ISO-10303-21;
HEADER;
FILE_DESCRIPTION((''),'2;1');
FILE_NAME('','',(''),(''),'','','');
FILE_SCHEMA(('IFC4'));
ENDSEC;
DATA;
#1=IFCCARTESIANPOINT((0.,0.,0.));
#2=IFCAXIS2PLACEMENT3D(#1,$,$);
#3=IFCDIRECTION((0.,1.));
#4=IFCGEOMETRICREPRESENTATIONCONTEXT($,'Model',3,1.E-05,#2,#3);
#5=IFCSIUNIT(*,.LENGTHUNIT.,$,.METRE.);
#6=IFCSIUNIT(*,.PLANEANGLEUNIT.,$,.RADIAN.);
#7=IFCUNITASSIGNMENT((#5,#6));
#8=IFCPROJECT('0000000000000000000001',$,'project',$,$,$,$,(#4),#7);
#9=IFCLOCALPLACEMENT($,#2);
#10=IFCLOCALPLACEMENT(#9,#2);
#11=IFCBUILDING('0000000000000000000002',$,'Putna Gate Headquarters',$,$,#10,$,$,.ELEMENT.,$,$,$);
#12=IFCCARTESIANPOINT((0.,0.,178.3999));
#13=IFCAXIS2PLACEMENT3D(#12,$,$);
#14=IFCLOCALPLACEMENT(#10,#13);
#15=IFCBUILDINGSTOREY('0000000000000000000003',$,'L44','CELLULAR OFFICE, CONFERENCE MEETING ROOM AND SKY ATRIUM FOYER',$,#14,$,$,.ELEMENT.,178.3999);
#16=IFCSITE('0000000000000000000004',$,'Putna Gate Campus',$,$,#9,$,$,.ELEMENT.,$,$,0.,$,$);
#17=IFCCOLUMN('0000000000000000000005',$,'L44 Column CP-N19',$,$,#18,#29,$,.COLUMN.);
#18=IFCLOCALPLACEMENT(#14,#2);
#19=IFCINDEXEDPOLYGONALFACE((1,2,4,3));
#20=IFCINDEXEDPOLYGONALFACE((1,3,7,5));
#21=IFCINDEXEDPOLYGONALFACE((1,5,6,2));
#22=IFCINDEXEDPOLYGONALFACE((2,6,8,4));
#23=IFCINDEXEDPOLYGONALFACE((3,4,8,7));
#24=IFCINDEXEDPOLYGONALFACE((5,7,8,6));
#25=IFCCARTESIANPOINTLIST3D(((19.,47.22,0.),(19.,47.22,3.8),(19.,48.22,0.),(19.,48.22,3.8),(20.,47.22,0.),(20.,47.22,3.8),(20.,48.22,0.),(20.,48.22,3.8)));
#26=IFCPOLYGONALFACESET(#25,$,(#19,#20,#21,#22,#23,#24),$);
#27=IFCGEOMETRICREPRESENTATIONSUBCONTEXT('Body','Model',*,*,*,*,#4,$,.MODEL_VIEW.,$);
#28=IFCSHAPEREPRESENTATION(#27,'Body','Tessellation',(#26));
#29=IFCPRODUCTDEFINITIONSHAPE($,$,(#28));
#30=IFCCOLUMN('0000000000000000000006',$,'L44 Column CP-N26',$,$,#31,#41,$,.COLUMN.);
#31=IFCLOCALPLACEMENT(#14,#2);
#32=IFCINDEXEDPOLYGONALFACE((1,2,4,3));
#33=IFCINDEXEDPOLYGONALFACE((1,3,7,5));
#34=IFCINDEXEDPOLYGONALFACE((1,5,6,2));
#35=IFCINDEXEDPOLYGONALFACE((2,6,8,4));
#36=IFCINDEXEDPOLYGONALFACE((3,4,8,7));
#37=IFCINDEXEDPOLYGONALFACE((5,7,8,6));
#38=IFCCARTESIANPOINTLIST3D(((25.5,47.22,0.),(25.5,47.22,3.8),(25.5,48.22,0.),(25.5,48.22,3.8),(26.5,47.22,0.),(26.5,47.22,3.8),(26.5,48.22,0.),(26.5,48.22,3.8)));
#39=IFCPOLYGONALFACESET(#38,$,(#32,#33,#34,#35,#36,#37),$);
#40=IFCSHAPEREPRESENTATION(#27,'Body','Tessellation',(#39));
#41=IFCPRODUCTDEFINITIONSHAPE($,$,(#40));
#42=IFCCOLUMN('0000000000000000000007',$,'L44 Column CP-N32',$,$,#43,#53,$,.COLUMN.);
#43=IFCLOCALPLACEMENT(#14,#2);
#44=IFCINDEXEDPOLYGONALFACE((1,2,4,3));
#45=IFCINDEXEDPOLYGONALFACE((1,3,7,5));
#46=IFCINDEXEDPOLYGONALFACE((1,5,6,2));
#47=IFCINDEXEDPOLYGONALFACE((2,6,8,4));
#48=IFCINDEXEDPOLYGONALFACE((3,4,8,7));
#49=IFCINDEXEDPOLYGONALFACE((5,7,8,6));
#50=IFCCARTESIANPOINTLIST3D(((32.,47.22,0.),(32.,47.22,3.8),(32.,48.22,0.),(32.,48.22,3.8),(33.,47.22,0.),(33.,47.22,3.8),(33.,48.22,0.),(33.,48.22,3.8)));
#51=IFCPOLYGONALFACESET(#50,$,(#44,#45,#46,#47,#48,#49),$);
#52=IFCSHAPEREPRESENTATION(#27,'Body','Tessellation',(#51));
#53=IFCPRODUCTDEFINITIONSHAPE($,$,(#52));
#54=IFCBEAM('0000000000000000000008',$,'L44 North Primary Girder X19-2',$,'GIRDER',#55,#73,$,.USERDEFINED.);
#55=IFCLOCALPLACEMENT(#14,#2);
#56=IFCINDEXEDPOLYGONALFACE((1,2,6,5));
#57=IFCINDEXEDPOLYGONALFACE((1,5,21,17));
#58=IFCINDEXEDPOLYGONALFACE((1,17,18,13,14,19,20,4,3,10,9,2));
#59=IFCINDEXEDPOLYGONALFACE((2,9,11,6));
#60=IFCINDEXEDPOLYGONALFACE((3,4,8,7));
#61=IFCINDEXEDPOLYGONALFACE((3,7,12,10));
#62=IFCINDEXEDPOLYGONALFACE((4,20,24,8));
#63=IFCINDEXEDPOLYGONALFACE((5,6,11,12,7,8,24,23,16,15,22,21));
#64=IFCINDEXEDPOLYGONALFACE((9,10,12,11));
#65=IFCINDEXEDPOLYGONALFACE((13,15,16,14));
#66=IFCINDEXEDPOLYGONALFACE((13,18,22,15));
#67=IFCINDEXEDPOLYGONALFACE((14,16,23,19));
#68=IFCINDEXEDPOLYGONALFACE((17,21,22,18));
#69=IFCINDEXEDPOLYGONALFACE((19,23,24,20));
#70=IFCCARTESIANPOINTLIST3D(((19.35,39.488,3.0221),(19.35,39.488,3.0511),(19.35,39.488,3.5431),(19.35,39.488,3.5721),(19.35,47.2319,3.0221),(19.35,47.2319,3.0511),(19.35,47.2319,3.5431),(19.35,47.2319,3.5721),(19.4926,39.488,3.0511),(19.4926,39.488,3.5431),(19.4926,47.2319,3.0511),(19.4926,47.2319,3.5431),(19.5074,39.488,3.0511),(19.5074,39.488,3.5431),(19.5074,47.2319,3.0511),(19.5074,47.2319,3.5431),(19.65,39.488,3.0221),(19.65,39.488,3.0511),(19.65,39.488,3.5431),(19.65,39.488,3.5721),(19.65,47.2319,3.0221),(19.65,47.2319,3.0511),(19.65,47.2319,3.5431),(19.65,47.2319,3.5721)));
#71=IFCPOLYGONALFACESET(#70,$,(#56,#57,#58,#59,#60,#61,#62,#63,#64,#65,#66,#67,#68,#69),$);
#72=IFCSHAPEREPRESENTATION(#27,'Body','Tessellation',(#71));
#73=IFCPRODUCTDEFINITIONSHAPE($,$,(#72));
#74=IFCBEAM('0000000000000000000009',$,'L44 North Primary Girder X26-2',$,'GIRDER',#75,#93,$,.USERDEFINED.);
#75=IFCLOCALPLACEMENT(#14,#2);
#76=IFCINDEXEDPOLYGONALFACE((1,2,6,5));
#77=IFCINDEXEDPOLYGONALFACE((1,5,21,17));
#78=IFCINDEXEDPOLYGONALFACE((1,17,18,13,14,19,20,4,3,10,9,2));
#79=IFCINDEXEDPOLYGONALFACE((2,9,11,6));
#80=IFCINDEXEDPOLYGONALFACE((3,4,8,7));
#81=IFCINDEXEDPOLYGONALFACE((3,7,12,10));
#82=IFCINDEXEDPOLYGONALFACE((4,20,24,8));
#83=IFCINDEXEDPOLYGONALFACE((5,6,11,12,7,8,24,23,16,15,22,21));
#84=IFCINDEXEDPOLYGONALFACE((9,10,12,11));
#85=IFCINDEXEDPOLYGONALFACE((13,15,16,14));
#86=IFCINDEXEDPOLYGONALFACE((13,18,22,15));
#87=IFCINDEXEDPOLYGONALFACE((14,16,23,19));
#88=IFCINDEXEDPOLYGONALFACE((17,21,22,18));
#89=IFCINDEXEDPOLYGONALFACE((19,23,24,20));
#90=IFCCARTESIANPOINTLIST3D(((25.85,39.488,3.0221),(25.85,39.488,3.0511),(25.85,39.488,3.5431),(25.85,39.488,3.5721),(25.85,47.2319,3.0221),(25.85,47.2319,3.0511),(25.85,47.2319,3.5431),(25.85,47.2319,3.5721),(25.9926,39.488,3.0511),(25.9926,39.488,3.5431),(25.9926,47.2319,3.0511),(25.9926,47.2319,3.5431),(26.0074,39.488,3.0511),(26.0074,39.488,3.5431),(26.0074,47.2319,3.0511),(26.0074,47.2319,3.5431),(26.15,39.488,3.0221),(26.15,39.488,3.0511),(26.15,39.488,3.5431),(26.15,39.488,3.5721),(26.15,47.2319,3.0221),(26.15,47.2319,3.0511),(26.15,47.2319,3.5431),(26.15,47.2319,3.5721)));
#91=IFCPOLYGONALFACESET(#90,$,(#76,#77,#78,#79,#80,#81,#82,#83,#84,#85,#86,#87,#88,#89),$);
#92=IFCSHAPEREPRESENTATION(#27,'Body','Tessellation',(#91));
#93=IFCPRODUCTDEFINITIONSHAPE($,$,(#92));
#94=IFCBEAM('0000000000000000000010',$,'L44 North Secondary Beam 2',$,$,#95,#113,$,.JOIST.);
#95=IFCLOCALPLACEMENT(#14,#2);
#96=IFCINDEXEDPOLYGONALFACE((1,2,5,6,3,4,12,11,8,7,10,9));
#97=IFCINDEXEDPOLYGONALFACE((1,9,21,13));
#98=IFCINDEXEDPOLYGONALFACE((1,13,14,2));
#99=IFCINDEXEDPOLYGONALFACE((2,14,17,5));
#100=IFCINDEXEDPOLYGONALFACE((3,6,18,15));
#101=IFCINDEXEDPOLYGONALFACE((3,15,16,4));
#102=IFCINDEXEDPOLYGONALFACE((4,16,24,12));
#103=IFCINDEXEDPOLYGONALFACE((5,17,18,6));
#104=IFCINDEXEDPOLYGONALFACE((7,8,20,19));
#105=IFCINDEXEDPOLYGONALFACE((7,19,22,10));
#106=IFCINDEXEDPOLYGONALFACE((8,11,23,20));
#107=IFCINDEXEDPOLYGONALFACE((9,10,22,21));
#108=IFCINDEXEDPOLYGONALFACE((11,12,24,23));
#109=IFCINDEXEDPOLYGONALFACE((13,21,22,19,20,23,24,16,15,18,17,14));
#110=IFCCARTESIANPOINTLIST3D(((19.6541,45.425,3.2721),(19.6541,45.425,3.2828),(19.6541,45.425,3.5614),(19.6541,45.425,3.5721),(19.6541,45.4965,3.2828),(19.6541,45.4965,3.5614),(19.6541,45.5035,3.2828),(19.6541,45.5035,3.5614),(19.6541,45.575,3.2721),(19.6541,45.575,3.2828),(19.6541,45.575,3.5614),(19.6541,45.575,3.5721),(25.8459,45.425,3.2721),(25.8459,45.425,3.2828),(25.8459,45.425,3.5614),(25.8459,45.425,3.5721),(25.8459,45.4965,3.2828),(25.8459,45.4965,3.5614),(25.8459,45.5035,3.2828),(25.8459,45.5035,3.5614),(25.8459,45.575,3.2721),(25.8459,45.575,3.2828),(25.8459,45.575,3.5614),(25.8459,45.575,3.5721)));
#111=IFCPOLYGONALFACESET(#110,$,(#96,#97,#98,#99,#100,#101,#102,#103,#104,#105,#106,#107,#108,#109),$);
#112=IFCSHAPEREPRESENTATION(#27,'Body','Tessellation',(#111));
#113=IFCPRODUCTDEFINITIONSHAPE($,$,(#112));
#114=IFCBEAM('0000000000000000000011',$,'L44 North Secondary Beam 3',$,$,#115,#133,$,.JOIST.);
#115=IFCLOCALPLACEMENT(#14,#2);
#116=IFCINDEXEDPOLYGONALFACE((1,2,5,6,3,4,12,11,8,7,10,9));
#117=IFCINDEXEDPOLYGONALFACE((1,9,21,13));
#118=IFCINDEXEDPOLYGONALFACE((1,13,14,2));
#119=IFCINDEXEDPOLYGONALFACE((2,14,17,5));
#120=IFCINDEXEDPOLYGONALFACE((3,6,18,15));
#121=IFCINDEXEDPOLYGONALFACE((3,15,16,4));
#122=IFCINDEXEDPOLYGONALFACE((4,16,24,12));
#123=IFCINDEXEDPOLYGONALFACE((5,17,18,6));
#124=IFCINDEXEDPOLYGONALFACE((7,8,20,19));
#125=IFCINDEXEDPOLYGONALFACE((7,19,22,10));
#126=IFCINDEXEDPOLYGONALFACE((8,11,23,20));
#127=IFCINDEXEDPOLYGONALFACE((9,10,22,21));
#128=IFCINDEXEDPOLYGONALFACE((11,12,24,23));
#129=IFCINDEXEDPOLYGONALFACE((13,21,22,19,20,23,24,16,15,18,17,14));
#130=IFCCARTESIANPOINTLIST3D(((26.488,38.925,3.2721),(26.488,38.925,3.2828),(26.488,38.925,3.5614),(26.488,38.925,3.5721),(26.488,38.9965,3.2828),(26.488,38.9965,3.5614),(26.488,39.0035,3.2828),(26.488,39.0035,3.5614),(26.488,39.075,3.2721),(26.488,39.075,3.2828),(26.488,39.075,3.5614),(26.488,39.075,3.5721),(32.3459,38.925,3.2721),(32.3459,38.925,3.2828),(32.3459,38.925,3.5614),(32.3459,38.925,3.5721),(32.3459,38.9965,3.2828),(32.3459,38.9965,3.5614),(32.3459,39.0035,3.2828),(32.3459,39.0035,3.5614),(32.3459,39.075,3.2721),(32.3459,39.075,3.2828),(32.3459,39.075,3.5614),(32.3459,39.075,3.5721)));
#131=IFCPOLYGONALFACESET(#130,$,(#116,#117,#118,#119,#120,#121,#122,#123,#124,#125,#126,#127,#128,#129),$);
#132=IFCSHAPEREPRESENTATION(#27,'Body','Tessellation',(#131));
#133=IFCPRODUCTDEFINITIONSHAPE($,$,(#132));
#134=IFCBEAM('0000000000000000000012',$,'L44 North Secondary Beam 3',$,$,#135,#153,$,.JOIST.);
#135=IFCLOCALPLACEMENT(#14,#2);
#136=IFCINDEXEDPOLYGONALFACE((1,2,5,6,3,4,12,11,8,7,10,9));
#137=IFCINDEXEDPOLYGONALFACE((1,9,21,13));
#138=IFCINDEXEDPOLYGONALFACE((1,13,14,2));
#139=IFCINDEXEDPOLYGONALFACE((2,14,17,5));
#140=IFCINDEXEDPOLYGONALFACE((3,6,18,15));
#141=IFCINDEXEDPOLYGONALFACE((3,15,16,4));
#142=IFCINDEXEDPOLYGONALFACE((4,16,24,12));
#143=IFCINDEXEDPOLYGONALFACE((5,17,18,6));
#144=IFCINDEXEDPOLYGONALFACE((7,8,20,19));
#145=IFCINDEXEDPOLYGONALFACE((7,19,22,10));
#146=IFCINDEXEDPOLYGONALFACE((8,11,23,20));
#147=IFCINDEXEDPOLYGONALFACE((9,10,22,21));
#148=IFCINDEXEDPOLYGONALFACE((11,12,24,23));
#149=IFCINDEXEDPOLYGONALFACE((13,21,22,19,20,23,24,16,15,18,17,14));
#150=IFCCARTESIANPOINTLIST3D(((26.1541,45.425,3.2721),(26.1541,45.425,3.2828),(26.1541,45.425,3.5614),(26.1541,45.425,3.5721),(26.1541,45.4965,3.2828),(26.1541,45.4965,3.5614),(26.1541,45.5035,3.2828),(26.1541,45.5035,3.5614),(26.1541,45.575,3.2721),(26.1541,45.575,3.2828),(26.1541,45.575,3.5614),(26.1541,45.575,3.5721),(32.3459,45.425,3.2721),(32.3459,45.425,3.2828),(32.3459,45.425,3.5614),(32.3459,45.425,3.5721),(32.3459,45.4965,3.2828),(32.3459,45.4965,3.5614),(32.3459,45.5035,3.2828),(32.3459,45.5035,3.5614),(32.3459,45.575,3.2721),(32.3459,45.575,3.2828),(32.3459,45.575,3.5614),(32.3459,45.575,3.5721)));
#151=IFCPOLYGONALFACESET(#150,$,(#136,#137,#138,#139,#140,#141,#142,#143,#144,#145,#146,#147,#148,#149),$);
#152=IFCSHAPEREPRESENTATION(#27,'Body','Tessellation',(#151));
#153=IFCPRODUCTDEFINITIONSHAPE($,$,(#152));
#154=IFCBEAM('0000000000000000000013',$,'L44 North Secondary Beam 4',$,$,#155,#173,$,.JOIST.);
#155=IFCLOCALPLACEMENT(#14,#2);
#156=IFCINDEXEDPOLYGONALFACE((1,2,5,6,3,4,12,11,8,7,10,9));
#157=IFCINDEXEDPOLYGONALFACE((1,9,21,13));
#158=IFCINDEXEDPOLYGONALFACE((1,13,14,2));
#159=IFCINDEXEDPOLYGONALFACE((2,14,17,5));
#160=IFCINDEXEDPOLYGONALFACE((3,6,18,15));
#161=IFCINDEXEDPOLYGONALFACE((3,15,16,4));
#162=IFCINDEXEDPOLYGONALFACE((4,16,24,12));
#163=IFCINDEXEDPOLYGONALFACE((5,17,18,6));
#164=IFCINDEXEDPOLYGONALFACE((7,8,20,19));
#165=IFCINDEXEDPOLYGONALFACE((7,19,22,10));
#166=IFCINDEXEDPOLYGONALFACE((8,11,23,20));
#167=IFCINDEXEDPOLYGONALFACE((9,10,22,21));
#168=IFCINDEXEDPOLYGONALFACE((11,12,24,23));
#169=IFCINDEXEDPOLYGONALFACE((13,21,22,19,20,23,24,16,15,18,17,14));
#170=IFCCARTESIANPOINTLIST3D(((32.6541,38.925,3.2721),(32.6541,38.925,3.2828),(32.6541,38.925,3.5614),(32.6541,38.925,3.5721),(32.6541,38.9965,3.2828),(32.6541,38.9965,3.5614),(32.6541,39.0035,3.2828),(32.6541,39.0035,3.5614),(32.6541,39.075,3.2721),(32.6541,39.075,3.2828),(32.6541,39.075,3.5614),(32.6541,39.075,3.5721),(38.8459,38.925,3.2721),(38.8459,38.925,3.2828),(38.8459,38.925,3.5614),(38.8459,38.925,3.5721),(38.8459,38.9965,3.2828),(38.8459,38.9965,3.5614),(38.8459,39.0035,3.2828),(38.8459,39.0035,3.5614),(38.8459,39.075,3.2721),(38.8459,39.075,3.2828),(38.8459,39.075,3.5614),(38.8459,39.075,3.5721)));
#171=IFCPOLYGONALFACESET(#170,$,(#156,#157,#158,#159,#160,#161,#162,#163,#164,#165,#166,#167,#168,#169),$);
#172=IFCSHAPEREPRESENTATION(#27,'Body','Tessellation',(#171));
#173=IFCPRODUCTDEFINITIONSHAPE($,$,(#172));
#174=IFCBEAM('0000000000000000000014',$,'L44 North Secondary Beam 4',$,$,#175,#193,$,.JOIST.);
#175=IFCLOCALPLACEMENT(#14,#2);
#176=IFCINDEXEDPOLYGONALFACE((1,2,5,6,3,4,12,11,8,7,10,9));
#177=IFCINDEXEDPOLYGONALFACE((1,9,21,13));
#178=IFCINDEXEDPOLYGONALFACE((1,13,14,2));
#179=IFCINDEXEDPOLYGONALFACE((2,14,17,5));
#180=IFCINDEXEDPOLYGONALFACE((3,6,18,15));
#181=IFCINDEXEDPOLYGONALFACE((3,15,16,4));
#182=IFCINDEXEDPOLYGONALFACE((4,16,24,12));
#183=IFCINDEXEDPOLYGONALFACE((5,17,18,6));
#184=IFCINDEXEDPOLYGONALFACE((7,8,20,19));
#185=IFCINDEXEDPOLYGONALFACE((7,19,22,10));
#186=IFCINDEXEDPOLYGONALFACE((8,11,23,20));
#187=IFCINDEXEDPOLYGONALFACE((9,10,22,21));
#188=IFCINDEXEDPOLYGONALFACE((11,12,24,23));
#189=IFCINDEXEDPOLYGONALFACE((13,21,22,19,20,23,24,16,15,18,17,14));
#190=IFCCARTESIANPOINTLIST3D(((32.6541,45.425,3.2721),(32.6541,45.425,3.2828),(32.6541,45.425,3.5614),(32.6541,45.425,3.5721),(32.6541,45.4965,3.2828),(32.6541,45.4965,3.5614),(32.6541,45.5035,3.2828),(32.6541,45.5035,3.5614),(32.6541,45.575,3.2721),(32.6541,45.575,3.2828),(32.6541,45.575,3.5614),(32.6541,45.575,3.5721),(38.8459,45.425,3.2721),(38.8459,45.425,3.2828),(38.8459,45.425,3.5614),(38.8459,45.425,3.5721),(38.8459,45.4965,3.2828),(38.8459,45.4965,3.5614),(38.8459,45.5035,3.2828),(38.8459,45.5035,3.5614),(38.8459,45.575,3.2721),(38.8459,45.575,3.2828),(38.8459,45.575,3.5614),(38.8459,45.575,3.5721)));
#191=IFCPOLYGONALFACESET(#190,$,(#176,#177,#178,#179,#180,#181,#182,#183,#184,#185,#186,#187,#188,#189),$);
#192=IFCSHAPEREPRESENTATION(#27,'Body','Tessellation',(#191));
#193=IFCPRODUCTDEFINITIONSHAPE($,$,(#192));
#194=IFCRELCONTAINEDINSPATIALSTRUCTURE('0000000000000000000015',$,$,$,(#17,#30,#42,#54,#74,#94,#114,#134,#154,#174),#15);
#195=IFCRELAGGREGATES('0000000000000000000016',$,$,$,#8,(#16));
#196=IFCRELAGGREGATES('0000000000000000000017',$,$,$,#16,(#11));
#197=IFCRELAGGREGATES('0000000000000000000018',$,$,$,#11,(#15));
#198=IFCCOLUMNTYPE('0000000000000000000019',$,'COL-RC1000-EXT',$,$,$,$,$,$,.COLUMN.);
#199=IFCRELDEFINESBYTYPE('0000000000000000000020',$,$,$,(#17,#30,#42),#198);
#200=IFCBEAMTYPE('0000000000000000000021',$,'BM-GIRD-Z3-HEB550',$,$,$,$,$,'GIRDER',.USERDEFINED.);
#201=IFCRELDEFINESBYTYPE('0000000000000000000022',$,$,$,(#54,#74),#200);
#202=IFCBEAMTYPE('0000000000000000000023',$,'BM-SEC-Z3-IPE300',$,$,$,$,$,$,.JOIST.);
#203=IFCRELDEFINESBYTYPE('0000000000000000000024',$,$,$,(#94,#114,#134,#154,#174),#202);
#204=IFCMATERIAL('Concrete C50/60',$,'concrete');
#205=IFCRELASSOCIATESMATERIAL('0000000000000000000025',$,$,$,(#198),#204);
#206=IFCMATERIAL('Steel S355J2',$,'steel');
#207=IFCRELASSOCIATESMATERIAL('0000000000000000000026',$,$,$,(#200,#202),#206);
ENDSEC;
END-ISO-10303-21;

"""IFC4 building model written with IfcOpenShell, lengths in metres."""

from ifc_helpers import new_model, si_unit, direction, frame, origin, origin_2d, place, context, subcontext, project, spatial, rectangle, i_section, extrude, material, material_profile, profile_set, type_object, element, save


model = new_model("IFC4")

# Units and contexts
model_context = context("Model", 3, precision=1e-05, world=origin(), true_north=direction((0.0, 1.0)))
body_context = subcontext(model_context, "Body", "Model", "MODEL_VIEW")
ifc_project = project(units=[si_unit("LENGTHUNIT", "METRE"), si_unit("PLANEANGLEUNIT", "RADIAN")], contexts=[model_context])

# Site, building, storey
site_placement = place(None, origin())
site = spatial("IfcSite", under=ifc_project, at=site_placement, Name="Putna Gate Campus", CompositionType="ELEMENT", RefElevation=0.0)
building_placement = place(site_placement, origin())
building = spatial("IfcBuilding", under=site, at=building_placement, Name="Putna Gate Headquarters", CompositionType="ELEMENT")
storey_placement = place(building_placement, frame((0.0, 0.0, 178.3999)))
storey = spatial("IfcBuildingStorey", under=building, at=storey_placement, Name="L44", Description="CELLULAR OFFICE, CONFERENCE MEETING ROOM AND SKY ATRIUM FOYER", CompositionType="ELEMENT", Elevation=178.3999)

# Columns
ifc_material_1 = material(Name="Concrete C50/60", Category="concrete")
ifc_material_profile_1 = material_profile(ifc_material_1, rectangle(XDim=1.0, YDim=1.0, at=origin_2d()), Name="Concrete C50/60")
ifc_profile_set_1 = profile_set([ifc_material_profile_1], Name="Concrete C50/60")
column_type = type_object("IfcColumnType", Name="COL-RC1000-EXT", PredefinedType="COLUMN", material=ifc_profile_set_1)
for number, where, z_axis, x_axis, name in (
    (1, (19.5, 47.72, 0.0), (0.0, 0.0, 1.0), (1.0, 0.0, 0.0), "L44 Column CP-N19"),
    (2, (26.0, 47.72, 0.0), (0.0, 0.0, 1.0), (1.0, 0.0, 0.0), "L44 Column CP-N26"),
    (3, (32.5, 47.72, 0.0), (0.0, 0.0, 1.0), (1.0, 0.0, 0.0), "L44 Column CP-N32"),
):
    element("IfcColumn", number, at=place(storey_placement, frame(where, z_axis=z_axis, x_axis=x_axis)), inside=storey, type_object=column_type, Name=name, PredefinedType="COLUMN", context=body_context, shape_type="SweptSolid", body=[
        extrude(rectangle(XDim=1.0, YDim=1.0, at=origin_2d()), origin(), (0.0, 0.0, 1.0), 3.8),
    ])

# Beams
ifc_material_2 = material(Name="Steel S355J2", Category="steel")
ifc_material_profile_2 = material_profile(ifc_material_2, i_section(OverallWidth=0.3, OverallDepth=0.55, WebThickness=0.0149, FlangeThickness=0.0291, at=origin_2d()), Name="Steel S355J2")
ifc_profile_set_2 = profile_set([ifc_material_profile_2], Name="Steel S355J2")
beam_type_1 = type_object("IfcBeamType", Name="BM-GIRD-Z3-HEB550", ElementType="GIRDER", PredefinedType="USERDEFINED", material=ifc_profile_set_2)
for number, where, z_axis, x_axis, name in (
    (4, (19.5, 39.488, 3.2971), (0.0, 1.0, 0.0), (-1.0, 0.0, 0.0), "L44 North Primary Girder X19-2"),
    (5, (26.0, 39.488, 3.2971), (0.0, 1.0, 0.0), (-1.0, 0.0, 0.0), "L44 North Primary Girder X26-2"),
):
    element("IfcBeam", number, at=place(storey_placement, frame(where, z_axis=z_axis, x_axis=x_axis)), inside=storey, type_object=beam_type_1, Name=name, ObjectType="GIRDER", PredefinedType="USERDEFINED", context=body_context, shape_type="SweptSolid", body=[
        extrude(i_section(OverallWidth=0.3, OverallDepth=0.55, WebThickness=0.0149, FlangeThickness=0.0291, at=origin_2d()), origin(), (0.0, 0.0, 1.0), 7.7439),
    ])
ifc_material_profile_3 = material_profile(ifc_material_2, i_section(OverallWidth=0.1499, OverallDepth=0.3, WebThickness=0.0071, FlangeThickness=0.0107, at=origin_2d()), Name="Steel S355J2")
ifc_profile_set_3 = profile_set([ifc_material_profile_3], Name="Steel S355J2")
beam_type_2 = type_object("IfcBeamType", Name="BM-SEC-Z3-IPE300", PredefinedType="JOIST", material=ifc_profile_set_3)
beam_1_placement = place(storey_placement, frame((19.6541, 45.5, 3.4221), z_axis=(1.0, 0.0, 0.0), x_axis=(0.0, 1.0, 0.0)))
element("IfcBeam", 6, at=beam_1_placement, inside=storey, type_object=beam_type_2, Name="L44 North Secondary Beam 2", PredefinedType="JOIST", context=body_context, shape_type="SweptSolid", body=[
    extrude(i_section(OverallWidth=0.1499, OverallDepth=0.3, WebThickness=0.0071, FlangeThickness=0.0107, at=origin_2d()), origin(), (0.0, 0.0, 1.0), 6.1919),
])
beam_2_placement = place(storey_placement, frame((26.488, 39.0, 3.4221), z_axis=(1.0, 0.0, 0.0), x_axis=(0.0, 1.0, 0.0)))
element("IfcBeam", 7, at=beam_2_placement, inside=storey, type_object=beam_type_2, Name="L44 North Secondary Beam 3", PredefinedType="JOIST", context=body_context, shape_type="SweptSolid", body=[
    extrude(i_section(OverallWidth=0.1499, OverallDepth=0.3, WebThickness=0.0071, FlangeThickness=0.0107, at=origin_2d()), origin(), (0.0, 0.0, 1.0), 5.8579),
])
for number, where, z_axis, x_axis, name in (
    (8, (26.1541, 45.5, 3.4221), (1.0, 0.0, 0.0), (0.0, 1.0, 0.0), "L44 North Secondary Beam 3"),
    (9, (32.6541, 39.0, 3.4221), (1.0, 0.0, 0.0), (0.0, 1.0, 0.0), "L44 North Secondary Beam 4"),
    (10, (32.6541, 45.5, 3.4221), (1.0, 0.0, 0.0), (0.0, 1.0, 0.0), "L44 North Secondary Beam 4"),
):
    element("IfcBeam", number, at=place(storey_placement, frame(where, z_axis=z_axis, x_axis=x_axis)), inside=storey, type_object=beam_type_2, Name=name, PredefinedType="JOIST", context=body_context, shape_type="SweptSolid", body=[
        extrude(i_section(OverallWidth=0.1499, OverallDepth=0.3, WebThickness=0.0071, FlangeThickness=0.0107, at=origin_2d()), origin(), (0.0, 0.0, 1.0), 6.1919),
    ])

save(model, "model.ifc")
